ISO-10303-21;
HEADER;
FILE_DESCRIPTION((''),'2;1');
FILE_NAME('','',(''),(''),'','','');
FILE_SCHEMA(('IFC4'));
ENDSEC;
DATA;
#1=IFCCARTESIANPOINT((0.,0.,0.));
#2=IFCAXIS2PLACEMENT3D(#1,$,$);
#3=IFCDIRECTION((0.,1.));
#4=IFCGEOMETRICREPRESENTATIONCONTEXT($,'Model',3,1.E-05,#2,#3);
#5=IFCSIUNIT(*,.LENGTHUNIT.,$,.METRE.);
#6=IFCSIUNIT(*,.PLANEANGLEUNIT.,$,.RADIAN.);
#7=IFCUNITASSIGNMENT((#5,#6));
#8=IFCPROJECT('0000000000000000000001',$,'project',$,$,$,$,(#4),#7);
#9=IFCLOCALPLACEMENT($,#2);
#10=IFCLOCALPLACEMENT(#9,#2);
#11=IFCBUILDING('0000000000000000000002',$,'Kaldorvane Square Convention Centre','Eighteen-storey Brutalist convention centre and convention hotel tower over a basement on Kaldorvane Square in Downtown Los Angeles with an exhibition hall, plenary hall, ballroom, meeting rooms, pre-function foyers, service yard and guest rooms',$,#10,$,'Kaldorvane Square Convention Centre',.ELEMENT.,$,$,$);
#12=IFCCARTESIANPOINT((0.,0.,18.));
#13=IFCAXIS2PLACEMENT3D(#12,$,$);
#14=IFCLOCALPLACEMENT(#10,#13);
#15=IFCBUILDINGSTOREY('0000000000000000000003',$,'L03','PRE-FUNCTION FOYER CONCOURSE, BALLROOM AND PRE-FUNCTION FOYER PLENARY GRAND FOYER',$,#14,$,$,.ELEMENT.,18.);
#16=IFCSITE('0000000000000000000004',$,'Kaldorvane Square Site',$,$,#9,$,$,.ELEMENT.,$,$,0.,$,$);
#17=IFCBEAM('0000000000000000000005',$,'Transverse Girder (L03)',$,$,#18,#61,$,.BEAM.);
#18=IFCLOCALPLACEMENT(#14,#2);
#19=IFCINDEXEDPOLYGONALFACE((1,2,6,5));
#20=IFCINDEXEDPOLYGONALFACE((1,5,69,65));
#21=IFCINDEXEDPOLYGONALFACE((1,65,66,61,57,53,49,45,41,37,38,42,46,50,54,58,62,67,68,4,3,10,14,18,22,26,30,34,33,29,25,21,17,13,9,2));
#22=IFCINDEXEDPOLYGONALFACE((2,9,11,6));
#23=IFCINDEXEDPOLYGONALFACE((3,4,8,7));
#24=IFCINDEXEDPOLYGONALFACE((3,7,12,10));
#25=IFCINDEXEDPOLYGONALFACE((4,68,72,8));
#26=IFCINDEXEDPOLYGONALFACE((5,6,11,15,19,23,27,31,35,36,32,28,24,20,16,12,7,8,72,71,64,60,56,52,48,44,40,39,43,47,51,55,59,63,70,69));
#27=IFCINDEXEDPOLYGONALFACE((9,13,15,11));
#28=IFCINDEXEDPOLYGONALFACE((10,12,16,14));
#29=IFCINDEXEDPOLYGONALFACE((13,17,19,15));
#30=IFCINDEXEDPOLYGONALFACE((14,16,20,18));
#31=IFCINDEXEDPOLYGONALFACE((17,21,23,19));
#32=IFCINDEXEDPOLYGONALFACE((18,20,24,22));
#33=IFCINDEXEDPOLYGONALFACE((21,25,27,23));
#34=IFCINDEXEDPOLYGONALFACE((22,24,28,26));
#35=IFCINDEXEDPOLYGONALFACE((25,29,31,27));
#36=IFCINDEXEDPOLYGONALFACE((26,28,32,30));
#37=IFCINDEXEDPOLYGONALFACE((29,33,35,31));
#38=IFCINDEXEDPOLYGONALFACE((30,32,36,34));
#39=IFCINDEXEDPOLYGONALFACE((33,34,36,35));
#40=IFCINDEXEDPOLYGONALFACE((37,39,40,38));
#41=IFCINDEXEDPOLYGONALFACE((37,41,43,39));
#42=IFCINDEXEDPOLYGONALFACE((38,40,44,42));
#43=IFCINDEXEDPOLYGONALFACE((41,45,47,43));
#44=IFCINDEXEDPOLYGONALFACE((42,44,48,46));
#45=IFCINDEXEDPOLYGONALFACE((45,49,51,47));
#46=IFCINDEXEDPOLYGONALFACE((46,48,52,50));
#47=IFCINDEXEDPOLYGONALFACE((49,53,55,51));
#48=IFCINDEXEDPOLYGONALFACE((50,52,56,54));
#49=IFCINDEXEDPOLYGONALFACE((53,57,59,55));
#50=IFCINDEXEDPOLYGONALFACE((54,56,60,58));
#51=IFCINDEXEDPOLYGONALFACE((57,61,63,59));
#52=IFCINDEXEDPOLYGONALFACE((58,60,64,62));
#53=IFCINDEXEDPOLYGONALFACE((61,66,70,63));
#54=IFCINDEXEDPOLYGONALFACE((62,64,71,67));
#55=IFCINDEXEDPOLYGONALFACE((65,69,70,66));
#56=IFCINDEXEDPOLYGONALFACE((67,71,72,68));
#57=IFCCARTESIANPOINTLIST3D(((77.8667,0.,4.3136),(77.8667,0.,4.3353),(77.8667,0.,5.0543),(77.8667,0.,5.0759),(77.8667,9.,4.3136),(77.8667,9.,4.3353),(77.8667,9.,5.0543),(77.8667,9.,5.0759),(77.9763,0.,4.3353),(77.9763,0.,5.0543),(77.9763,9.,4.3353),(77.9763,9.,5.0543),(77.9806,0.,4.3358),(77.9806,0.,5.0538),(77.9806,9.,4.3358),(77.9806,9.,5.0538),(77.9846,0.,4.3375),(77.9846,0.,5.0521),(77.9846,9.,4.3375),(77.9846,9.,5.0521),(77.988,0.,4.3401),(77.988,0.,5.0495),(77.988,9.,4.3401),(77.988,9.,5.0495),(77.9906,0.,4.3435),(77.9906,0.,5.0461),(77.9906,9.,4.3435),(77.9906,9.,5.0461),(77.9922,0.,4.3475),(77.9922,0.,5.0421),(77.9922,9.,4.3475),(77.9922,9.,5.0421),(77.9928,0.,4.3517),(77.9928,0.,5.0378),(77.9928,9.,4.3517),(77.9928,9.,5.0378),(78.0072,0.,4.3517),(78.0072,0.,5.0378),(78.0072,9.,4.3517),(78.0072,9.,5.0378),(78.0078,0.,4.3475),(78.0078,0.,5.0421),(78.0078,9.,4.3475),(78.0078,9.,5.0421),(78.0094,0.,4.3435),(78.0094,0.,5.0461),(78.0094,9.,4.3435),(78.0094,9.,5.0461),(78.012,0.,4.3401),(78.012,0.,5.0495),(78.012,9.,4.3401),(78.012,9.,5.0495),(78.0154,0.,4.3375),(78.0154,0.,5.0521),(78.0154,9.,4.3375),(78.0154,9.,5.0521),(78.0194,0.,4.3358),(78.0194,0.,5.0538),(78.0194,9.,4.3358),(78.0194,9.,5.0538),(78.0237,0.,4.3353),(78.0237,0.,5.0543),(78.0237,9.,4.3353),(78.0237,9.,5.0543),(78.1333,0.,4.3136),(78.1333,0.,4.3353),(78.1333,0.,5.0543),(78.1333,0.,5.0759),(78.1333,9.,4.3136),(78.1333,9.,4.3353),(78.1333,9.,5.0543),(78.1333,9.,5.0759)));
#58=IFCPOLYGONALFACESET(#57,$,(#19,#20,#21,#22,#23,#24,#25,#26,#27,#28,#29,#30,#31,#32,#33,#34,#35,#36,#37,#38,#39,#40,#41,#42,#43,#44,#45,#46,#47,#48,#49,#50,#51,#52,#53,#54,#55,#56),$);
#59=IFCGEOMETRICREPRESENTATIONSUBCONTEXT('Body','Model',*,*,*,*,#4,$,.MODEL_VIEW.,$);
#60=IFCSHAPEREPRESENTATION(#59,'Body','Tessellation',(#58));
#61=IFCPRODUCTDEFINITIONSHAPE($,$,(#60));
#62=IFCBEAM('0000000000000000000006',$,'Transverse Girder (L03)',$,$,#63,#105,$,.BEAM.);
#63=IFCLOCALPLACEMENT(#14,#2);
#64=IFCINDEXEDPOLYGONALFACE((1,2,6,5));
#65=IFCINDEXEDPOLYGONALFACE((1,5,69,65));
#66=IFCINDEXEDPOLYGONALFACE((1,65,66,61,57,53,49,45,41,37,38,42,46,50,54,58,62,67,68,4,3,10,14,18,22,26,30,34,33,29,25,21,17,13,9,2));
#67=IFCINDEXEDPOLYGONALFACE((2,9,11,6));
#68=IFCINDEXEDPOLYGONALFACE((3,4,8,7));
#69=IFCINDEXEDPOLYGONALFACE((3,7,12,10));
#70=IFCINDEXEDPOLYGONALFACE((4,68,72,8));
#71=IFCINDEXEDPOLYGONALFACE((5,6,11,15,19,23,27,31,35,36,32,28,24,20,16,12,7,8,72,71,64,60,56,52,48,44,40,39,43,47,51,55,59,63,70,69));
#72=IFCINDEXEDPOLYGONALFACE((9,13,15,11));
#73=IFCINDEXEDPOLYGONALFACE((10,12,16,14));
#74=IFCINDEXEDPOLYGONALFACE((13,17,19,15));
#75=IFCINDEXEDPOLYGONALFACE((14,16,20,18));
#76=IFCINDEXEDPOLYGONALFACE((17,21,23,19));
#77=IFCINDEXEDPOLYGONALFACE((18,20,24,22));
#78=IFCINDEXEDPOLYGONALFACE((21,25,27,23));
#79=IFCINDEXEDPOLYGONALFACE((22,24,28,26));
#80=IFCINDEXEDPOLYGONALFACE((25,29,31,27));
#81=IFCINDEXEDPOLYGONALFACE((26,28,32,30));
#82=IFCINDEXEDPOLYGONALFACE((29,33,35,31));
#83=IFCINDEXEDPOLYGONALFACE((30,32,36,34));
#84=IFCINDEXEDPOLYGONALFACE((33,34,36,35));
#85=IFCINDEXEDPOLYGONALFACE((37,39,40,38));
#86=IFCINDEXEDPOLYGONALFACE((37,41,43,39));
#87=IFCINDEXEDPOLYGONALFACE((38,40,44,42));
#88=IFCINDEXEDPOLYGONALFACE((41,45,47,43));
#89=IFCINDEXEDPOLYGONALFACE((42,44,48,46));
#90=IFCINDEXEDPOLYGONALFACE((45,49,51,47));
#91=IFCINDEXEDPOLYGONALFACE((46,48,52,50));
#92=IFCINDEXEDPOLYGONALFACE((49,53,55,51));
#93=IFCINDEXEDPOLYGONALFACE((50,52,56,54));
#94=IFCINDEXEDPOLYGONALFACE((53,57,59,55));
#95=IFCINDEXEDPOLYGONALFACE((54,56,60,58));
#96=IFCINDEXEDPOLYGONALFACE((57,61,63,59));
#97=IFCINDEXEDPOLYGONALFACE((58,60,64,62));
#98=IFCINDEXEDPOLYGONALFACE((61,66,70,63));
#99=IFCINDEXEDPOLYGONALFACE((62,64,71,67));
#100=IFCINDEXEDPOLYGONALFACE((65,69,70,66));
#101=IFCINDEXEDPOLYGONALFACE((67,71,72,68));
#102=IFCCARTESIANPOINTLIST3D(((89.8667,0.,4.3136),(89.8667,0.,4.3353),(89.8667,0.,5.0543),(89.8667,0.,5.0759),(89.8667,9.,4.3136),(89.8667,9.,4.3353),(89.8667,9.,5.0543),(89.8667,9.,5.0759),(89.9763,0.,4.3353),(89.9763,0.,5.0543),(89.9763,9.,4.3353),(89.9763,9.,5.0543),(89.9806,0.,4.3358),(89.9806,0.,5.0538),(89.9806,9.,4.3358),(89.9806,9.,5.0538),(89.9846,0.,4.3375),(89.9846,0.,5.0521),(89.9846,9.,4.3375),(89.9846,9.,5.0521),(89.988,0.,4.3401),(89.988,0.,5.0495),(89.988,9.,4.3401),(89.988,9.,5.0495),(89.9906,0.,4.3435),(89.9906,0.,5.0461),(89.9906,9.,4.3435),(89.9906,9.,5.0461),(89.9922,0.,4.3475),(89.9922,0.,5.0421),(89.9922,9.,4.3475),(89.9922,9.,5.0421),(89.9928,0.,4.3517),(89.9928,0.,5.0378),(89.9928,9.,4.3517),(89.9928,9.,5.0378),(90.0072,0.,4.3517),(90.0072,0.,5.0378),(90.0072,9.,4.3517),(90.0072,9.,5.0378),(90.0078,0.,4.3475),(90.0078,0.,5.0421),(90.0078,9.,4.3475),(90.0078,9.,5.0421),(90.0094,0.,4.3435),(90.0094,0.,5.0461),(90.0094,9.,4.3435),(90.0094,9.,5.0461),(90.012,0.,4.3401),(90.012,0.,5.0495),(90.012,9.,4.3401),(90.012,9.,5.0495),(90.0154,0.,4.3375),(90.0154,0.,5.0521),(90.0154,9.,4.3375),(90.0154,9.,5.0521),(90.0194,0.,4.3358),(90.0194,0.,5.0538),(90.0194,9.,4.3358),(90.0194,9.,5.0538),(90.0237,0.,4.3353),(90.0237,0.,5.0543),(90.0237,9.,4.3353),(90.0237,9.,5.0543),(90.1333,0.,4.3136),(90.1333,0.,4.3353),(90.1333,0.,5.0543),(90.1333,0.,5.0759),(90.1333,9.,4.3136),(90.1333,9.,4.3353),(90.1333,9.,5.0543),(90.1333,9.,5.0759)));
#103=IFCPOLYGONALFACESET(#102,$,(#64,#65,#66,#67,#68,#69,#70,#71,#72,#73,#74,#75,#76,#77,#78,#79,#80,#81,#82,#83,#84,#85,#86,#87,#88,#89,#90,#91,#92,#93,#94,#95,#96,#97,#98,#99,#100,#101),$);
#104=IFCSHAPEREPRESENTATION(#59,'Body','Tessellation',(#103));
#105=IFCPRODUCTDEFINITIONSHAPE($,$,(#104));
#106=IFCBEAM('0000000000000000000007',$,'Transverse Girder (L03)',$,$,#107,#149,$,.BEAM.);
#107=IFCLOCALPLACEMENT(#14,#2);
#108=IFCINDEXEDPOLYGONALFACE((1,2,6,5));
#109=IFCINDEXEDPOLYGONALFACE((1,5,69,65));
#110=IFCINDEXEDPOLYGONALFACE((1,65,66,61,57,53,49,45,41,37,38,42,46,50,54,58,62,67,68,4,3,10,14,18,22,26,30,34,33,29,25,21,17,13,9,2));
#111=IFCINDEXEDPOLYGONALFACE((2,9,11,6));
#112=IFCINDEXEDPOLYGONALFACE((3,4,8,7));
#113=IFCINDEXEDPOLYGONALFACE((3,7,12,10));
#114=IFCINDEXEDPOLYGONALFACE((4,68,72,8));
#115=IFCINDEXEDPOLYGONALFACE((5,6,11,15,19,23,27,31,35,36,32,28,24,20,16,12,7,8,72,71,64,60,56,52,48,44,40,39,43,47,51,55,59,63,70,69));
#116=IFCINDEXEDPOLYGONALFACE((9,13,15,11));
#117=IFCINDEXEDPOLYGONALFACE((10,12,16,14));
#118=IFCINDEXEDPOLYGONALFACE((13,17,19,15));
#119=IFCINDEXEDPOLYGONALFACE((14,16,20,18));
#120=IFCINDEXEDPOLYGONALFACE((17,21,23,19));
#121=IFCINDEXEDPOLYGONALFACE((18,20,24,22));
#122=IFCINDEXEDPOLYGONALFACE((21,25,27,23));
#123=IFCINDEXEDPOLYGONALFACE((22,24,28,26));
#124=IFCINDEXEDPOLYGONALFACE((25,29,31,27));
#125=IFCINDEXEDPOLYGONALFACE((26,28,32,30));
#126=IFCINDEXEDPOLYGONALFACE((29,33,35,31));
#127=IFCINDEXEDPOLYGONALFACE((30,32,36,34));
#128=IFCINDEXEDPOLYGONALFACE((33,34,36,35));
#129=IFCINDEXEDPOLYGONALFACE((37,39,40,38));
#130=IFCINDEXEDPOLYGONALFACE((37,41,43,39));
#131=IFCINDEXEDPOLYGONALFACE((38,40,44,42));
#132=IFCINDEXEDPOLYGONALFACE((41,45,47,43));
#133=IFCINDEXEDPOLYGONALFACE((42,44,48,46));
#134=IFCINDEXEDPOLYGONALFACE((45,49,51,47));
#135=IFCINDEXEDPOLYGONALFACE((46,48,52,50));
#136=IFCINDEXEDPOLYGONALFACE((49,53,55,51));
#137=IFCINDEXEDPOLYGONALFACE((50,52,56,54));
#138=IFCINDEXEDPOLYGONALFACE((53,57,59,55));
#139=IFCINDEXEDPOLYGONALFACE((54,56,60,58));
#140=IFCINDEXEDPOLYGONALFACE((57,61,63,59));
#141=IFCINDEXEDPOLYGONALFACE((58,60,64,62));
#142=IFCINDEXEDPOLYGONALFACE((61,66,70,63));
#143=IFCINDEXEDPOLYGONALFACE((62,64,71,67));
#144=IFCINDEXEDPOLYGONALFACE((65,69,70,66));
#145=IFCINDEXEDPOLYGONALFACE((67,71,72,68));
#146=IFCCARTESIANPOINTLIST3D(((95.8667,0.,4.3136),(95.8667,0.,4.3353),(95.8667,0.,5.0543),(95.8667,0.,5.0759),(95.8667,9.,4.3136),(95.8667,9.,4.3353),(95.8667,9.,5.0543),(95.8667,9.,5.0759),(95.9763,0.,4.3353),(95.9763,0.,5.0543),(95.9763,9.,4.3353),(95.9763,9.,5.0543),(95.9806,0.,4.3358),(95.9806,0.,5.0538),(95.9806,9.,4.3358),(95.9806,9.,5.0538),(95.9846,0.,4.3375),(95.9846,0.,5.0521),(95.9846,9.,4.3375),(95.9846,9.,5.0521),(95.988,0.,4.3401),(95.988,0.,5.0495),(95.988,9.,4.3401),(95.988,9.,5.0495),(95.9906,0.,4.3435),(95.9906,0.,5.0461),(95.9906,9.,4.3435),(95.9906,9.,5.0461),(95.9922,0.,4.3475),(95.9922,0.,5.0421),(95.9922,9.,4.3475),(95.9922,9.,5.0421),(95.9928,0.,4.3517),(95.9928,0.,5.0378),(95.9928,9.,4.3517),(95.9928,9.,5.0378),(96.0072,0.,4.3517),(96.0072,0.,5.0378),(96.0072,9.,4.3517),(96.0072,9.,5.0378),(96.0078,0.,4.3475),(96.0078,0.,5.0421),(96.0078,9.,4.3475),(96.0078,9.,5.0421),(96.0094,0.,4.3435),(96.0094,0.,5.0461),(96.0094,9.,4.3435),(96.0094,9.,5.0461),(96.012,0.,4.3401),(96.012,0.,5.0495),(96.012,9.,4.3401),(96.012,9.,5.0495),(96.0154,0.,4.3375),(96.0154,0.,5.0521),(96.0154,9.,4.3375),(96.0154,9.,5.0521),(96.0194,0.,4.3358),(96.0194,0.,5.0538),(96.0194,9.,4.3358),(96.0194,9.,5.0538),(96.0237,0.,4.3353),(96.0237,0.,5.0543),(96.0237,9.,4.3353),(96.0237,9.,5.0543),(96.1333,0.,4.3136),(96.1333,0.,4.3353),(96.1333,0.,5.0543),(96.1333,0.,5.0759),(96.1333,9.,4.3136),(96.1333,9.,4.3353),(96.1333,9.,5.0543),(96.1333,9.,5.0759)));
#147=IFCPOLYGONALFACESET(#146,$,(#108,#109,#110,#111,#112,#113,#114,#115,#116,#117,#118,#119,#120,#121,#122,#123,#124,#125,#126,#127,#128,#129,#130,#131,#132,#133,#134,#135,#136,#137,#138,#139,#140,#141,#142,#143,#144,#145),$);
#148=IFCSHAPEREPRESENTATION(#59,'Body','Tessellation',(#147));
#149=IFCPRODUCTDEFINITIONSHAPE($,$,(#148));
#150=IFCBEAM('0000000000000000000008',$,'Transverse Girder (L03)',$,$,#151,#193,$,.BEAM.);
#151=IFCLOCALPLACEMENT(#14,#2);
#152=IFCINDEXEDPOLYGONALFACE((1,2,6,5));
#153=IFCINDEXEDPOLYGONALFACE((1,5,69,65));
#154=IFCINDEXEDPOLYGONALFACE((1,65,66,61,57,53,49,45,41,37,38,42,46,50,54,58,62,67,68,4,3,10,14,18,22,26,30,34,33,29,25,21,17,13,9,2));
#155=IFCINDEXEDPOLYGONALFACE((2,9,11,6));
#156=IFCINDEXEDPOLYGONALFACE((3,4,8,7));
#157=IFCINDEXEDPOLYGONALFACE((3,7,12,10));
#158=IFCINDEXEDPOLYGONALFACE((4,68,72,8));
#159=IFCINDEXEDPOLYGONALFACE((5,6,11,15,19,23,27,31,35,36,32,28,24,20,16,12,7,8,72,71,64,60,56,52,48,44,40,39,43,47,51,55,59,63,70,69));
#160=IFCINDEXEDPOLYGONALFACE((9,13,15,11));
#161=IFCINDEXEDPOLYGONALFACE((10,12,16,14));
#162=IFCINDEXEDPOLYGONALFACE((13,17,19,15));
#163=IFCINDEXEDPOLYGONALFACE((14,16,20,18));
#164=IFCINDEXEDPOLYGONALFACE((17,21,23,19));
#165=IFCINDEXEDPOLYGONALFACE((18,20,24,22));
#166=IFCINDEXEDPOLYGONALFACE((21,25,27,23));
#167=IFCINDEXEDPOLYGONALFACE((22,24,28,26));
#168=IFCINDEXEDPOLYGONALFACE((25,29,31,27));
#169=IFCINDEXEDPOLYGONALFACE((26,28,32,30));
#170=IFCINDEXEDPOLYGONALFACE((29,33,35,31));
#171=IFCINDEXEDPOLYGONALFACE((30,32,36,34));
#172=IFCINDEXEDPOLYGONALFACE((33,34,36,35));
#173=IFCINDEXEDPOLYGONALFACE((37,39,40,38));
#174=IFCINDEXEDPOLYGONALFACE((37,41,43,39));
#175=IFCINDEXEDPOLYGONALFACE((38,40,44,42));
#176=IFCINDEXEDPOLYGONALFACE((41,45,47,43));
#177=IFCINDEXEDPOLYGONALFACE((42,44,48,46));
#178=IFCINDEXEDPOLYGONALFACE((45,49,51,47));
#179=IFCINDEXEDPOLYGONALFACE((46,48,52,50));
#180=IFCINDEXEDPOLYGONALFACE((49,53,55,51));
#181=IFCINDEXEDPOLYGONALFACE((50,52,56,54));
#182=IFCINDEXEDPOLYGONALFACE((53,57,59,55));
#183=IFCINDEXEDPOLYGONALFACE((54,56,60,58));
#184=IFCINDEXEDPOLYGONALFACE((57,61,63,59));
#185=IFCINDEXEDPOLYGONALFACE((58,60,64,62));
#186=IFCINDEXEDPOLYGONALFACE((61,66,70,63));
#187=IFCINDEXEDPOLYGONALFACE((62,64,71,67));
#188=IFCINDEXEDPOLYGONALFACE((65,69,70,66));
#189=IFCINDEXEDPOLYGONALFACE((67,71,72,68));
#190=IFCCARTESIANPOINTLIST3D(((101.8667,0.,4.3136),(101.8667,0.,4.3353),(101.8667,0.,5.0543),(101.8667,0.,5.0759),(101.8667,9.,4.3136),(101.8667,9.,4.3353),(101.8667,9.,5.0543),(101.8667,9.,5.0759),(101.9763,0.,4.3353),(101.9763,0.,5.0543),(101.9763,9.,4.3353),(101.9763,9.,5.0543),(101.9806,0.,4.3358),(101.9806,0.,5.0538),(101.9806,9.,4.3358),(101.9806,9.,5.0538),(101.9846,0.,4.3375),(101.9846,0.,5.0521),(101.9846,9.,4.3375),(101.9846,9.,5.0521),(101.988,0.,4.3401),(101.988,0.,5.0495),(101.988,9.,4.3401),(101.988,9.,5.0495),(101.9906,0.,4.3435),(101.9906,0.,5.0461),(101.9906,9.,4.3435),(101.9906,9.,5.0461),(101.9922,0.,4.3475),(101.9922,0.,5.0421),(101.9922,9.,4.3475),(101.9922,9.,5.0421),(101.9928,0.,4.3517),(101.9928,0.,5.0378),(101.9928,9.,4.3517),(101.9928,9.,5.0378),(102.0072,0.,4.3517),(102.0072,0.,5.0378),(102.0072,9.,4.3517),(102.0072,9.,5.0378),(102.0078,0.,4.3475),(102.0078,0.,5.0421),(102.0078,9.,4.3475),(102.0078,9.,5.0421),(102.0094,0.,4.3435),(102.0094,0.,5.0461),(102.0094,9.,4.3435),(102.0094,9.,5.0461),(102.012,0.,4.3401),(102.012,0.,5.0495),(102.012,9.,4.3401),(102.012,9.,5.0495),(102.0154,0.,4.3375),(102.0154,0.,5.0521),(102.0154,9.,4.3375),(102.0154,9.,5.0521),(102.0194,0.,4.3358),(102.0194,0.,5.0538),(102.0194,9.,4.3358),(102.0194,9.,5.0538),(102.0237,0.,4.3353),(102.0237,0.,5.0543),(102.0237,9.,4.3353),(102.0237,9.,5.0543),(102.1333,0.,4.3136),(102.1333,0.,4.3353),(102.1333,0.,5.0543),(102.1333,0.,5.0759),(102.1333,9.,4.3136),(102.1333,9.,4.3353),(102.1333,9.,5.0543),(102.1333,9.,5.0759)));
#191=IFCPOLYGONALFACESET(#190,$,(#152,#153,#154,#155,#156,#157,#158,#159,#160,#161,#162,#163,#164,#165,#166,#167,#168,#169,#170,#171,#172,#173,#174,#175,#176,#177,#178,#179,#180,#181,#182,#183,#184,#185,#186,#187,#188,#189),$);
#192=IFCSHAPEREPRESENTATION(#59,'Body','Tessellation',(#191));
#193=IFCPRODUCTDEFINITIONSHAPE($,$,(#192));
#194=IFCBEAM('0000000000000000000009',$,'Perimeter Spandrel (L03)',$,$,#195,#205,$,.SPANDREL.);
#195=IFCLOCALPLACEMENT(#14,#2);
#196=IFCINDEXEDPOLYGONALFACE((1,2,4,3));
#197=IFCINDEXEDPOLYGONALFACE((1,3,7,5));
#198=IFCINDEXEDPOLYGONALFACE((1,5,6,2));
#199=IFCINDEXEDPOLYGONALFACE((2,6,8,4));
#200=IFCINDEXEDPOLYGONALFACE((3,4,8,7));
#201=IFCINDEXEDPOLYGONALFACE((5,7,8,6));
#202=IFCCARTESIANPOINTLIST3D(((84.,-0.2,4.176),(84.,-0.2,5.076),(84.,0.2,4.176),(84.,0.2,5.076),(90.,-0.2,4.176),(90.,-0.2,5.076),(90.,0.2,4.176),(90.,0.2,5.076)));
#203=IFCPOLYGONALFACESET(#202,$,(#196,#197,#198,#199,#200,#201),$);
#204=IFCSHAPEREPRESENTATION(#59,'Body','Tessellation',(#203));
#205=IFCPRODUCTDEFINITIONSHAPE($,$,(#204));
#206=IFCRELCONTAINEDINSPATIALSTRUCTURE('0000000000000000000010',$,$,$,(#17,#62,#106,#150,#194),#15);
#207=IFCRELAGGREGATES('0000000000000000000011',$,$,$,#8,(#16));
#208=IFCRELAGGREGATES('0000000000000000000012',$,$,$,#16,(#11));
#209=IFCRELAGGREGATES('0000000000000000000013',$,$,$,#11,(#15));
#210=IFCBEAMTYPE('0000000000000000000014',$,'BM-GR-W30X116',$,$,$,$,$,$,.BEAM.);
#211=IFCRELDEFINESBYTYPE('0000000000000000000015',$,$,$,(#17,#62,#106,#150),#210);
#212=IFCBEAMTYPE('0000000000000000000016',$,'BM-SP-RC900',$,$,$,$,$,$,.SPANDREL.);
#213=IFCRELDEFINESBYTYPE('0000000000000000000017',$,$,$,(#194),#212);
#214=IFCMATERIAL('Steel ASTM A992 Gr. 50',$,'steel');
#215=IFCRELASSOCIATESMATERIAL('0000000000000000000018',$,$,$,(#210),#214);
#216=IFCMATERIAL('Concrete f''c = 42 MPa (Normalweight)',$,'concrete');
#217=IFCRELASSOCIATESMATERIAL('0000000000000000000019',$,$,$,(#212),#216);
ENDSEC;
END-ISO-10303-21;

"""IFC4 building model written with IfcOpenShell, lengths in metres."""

from ifc_helpers import new_model, si_unit, direction, frame, origin, origin_2d, place, context, subcontext, project, spatial, rectangle, i_section, extrude, material, material_profile, profile_set, type_object, element, save


model = new_model("IFC4")

# Units and contexts
model_context = context("Model", 3, precision=1e-05, world=origin(), true_north=direction((0.0, 1.0)))
body_context = subcontext(model_context, "Body", "Model", "MODEL_VIEW")
ifc_project = project(units=[si_unit("LENGTHUNIT", "METRE"), si_unit("PLANEANGLEUNIT", "RADIAN")], contexts=[model_context])

# Site, building, storey
site_placement = place(None, origin())
site = spatial("IfcSite", under=ifc_project, at=site_placement, Name="Kaldorvane Square Site", CompositionType="ELEMENT", RefElevation=0.0)
building_placement = place(site_placement, origin())
building = spatial("IfcBuilding", under=site, at=building_placement, Name="Kaldorvane Square Convention Centre", Description="Eighteen-storey Brutalist convention centre and convention hotel tower over a basement on Kaldorvane Square in Downtown Los Angeles with an exhibition hall, plenary hall, ballroom, meeting rooms, pre-function foyers, service yard and guest rooms", LongName="Kaldorvane Square Convention Centre", CompositionType="ELEMENT")
storey_placement = place(building_placement, frame((0.0, 0.0, 18.0)))
storey = spatial("IfcBuildingStorey", under=building, at=storey_placement, Name="L03", Description="PRE-FUNCTION FOYER CONCOURSE, BALLROOM AND PRE-FUNCTION FOYER PLENARY GRAND FOYER", CompositionType="ELEMENT", Elevation=18.0)

# Shared definitions
ifc_material_1 = material(Name="Steel ASTM A992 Gr. 50", Category="steel")

# Beams
ifc_material_profile_1 = material_profile(ifc_material_1, i_section(OverallWidth=0.2666, OverallDepth=0.7623, WebThickness=0.0144, FlangeThickness=0.0216, FilletRadius=0.0165, at=origin_2d()), Name="W30X116")
ifc_profile_set_1 = profile_set([ifc_material_profile_1], Name="Steel ASTM A992 Gr. 50")
beam_type_1 = type_object("IfcBeamType", Name="BM-GR-W30X116", PredefinedType="BEAM", material=ifc_profile_set_1)
for number, where, z_axis, x_axis, name in (
    (1, (78.0, 0.0, 4.6948), (0.0, 1.0, 0.0), (-1.0, 0.0, 0.0), "Transverse Girder (L03)"),
    (2, (90.0, 0.0, 4.6948), (0.0, 1.0, 0.0), (-1.0, 0.0, 0.0), "Transverse Girder (L03)"),
    (3, (96.0, 0.0, 4.6948), (0.0, 1.0, 0.0), (-1.0, 0.0, 0.0), "Transverse Girder (L03)"),
    (4, (102.0, 0.0, 4.6948), (0.0, 1.0, 0.0), (-1.0, 0.0, 0.0), "Transverse Girder (L03)"),
):
    element("IfcBeam", number, at=place(storey_placement, frame(where, z_axis=z_axis, x_axis=x_axis)), inside=storey, type_object=beam_type_1, Name=name, PredefinedType="BEAM", context=body_context, shape_type="SweptSolid", body=[
        extrude(i_section(OverallWidth=0.2666, OverallDepth=0.7623, WebThickness=0.0144, FlangeThickness=0.0216, FilletRadius=0.0165, at=origin_2d()), origin(), (0.0, 0.0, 1.0), 9.0),
    ])
ifc_material_2 = material(Name="Concrete f'c = 42 MPa (Normalweight)", Category="concrete")
ifc_material_profile_2 = material_profile(ifc_material_2, rectangle(XDim=0.4, YDim=0.9, at=origin_2d()), Name="RCSP900X400")
ifc_profile_set_2 = profile_set([ifc_material_profile_2], Name="Concrete f'c = 42 MPa (Normalweight)")
beam_type_2 = type_object("IfcBeamType", Name="BM-SP-RC900", PredefinedType="SPANDREL", material=ifc_profile_set_2)
for number, where, z_axis, x_axis, name in (
    (5, (84.0, 0.0, 4.626), (1.0, 0.0, 0.0), (0.0, 1.0, 0.0), "Perimeter Spandrel (L03)"),
):
    element("IfcBeam", number, at=place(storey_placement, frame(where, z_axis=z_axis, x_axis=x_axis)), inside=storey, type_object=beam_type_2, Name=name, PredefinedType="SPANDREL", context=body_context, shape_type="SweptSolid", body=[
        extrude(rectangle(XDim=0.4, YDim=0.9, at=origin_2d()), origin(), (0.0, 0.0, 1.0), 6.0),
    ])

save(model, "model.ifc")
